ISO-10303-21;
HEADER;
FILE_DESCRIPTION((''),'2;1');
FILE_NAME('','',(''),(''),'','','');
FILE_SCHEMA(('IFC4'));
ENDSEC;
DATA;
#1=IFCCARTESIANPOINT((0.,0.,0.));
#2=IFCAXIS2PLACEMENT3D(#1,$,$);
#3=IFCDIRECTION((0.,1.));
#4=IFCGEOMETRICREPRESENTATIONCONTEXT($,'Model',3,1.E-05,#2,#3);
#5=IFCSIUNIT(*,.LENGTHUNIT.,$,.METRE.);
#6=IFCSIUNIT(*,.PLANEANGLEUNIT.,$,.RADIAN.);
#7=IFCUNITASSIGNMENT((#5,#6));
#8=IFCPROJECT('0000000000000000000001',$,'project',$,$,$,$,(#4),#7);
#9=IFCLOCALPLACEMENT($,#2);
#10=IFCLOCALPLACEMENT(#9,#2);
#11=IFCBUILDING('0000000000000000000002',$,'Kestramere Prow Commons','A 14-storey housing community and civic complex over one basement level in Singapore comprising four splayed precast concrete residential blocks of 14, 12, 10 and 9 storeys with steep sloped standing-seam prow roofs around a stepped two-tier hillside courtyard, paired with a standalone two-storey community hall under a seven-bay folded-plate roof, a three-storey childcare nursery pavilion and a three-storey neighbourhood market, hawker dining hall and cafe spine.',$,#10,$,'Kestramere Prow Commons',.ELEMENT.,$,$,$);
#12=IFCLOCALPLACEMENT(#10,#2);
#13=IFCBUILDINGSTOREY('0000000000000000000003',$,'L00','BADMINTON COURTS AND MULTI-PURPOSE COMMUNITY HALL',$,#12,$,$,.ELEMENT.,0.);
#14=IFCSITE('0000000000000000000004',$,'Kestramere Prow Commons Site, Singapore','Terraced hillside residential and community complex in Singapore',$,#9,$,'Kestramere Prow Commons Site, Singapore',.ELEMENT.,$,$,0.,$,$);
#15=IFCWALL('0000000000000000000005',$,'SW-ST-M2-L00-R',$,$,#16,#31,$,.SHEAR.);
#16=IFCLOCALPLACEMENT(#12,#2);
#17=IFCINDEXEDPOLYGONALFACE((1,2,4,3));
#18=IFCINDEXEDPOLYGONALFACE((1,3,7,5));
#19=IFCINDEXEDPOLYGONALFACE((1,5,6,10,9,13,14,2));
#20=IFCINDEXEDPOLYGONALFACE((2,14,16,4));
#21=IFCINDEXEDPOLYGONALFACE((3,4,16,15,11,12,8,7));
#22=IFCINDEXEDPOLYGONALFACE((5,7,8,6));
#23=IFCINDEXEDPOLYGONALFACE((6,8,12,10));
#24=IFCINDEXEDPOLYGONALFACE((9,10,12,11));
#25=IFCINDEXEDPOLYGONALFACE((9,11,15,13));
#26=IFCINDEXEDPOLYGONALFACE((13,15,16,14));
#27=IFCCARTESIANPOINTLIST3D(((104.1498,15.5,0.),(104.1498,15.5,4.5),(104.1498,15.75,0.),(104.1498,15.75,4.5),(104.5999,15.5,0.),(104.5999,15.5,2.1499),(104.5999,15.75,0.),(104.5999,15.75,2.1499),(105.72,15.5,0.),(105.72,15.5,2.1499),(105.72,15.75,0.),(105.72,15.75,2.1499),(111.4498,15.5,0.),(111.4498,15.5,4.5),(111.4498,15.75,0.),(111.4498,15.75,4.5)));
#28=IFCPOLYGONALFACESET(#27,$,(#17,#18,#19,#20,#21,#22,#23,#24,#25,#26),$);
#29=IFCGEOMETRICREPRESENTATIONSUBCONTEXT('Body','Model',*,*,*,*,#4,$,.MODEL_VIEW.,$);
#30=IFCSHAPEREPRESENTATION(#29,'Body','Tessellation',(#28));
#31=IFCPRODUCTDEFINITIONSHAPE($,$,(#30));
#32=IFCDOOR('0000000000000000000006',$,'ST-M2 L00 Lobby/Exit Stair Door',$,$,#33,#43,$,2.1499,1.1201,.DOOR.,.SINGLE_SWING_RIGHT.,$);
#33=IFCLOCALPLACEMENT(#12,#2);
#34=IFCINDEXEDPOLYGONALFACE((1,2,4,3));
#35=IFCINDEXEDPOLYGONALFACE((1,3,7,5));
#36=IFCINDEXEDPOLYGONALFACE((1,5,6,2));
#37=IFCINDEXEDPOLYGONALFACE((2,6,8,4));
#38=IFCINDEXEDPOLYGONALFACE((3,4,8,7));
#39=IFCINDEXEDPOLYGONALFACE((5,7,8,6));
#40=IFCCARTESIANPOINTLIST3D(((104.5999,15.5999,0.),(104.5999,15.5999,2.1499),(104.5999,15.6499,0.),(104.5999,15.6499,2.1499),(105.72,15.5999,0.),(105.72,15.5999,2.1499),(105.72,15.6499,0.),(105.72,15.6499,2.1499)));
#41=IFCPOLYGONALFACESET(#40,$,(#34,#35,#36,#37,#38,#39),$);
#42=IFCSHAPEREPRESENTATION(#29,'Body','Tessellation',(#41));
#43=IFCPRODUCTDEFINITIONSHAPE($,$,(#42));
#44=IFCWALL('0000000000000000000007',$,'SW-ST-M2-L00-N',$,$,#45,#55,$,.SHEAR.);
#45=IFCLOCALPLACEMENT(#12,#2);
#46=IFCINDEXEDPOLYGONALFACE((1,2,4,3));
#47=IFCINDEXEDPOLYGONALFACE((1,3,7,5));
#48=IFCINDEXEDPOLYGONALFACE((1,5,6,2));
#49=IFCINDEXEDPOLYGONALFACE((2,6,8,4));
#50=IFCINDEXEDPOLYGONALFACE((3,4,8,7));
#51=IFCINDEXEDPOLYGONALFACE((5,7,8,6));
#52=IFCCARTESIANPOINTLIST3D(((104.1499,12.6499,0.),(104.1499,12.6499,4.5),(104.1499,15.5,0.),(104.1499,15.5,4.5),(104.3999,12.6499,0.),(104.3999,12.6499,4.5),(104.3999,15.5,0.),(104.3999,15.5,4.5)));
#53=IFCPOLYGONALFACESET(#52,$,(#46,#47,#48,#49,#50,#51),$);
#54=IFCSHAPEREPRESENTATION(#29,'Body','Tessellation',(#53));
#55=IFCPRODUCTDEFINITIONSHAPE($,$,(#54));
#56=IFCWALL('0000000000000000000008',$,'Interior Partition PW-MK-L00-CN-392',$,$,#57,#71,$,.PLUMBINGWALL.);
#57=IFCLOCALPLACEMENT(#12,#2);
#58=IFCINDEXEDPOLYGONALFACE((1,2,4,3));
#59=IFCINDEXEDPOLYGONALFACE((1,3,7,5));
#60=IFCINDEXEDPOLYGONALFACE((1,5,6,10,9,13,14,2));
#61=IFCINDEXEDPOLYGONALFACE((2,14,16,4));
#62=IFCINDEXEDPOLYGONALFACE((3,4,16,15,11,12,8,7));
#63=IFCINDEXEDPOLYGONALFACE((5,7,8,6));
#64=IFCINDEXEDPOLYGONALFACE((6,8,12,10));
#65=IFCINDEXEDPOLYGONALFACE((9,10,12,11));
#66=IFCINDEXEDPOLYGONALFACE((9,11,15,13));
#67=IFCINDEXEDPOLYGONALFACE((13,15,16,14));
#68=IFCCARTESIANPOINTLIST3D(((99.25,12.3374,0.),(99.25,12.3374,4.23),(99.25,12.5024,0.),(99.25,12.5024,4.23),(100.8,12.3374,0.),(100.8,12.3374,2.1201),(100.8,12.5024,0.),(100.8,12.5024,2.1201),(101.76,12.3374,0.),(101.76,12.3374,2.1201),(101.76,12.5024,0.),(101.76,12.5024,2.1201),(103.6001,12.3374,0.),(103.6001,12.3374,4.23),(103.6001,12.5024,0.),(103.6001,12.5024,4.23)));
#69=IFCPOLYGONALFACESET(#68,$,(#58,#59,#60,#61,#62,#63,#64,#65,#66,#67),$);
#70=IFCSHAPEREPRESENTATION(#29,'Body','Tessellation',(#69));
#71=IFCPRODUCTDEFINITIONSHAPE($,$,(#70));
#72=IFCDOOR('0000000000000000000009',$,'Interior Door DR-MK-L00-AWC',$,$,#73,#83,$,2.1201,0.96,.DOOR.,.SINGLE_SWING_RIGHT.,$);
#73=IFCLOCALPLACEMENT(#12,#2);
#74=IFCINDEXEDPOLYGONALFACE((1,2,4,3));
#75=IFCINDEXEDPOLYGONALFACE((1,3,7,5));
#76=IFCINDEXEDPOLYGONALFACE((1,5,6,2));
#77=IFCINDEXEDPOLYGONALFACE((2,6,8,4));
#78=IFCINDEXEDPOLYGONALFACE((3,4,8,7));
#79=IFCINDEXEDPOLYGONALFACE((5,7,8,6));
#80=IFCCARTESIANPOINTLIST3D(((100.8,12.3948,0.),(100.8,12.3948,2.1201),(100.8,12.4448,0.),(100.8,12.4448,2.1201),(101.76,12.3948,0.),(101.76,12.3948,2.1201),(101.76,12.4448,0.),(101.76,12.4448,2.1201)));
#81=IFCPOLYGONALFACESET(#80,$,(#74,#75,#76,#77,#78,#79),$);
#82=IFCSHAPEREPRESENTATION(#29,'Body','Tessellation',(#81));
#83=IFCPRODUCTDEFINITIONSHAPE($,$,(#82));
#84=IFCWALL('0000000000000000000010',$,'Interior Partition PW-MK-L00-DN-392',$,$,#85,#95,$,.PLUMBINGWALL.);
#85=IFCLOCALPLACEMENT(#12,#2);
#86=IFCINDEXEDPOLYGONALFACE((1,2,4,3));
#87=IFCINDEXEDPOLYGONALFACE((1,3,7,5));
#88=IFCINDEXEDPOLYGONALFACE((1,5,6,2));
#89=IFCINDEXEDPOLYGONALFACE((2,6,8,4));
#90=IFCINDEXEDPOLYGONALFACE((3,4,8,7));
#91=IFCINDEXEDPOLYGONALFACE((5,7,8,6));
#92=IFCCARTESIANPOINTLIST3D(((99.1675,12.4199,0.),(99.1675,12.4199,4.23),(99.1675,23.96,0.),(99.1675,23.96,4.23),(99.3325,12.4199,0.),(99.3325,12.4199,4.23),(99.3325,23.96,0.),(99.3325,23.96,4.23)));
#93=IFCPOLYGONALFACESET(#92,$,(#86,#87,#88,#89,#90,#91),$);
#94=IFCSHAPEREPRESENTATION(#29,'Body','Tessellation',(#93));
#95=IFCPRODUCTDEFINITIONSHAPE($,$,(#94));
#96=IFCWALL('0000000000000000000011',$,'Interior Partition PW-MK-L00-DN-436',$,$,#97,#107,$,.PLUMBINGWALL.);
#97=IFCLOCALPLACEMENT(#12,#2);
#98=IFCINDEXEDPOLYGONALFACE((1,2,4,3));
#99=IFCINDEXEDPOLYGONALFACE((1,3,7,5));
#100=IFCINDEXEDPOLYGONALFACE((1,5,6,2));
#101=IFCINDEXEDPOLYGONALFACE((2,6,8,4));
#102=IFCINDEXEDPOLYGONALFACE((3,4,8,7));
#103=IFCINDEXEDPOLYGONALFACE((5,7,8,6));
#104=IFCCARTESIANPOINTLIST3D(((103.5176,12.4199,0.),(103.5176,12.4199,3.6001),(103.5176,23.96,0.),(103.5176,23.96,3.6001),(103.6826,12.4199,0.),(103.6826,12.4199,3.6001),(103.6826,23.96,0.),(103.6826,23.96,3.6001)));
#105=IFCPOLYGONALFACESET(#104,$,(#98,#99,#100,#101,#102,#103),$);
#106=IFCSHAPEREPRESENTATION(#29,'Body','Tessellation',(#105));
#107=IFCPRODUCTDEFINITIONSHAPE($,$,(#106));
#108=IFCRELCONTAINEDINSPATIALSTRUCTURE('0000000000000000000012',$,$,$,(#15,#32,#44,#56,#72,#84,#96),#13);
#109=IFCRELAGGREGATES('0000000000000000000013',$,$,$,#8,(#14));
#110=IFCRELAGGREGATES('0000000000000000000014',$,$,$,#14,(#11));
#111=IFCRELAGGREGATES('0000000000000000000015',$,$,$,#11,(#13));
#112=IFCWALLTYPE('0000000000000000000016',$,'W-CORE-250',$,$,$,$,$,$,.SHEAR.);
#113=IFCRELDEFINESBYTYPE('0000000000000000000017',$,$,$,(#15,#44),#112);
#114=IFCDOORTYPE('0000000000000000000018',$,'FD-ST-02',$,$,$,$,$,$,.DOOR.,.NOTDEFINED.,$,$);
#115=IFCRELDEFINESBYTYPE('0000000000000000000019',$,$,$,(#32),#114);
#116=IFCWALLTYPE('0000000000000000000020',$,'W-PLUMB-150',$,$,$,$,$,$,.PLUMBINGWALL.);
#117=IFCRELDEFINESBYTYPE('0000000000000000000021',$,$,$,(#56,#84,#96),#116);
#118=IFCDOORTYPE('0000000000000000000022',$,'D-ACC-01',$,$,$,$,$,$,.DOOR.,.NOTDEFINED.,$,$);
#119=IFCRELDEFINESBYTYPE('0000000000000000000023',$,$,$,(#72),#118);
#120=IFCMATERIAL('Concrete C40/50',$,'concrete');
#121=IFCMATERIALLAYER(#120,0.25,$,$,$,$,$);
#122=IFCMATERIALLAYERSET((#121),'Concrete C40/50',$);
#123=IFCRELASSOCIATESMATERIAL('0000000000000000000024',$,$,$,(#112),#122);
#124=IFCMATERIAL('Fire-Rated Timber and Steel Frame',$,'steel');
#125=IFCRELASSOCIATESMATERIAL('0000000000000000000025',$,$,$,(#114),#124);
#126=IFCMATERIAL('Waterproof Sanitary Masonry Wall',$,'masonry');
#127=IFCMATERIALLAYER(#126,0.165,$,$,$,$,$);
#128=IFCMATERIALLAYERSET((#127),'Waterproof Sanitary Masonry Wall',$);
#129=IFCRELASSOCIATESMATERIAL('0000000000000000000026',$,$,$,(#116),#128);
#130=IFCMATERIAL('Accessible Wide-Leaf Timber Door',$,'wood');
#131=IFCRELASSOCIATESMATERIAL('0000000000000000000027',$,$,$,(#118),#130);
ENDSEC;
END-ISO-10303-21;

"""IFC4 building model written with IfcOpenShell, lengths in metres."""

from ifc_helpers import new_model, si_unit, direction, frame, frame_2d, origin, place, context, subcontext, project, spatial, rectangle, extrude, material, layer, layer_set, type_object, element, fill, save


model = new_model("IFC4")

# Units and contexts
model_context = context("Model", 3, precision=1e-05, world=origin(), true_north=direction((0.0, 1.0)))
body_context = subcontext(model_context, "Body", "Model", "MODEL_VIEW")
ifc_project = project(units=[si_unit("LENGTHUNIT", "METRE"), si_unit("PLANEANGLEUNIT", "RADIAN")], contexts=[model_context])

# Site, building, storey
site_placement = place(None, origin())
site = spatial("IfcSite", under=ifc_project, at=site_placement, Name="Kestramere Prow Commons Site, Singapore", Description="Terraced hillside residential and community complex in Singapore", LongName="Kestramere Prow Commons Site, Singapore", CompositionType="ELEMENT", RefElevation=0.0)
building_placement = place(site_placement, origin())
building = spatial("IfcBuilding", under=site, at=building_placement, Name="Kestramere Prow Commons", Description="A 14-storey housing community and civic complex over one basement level in Singapore comprising four splayed precast concrete residential blocks of 14, 12, 10 and 9 storeys with steep sloped standing-seam prow roofs around a stepped two-tier hillside courtyard, paired with a standalone two-storey community hall under a seven-bay folded-plate roof, a three-storey childcare nursery pavilion and a three-storey neighbourhood market, hawker dining hall and cafe spine.", LongName="Kestramere Prow Commons", CompositionType="ELEMENT")
storey_placement = place(building_placement, origin())
storey = spatial("IfcBuildingStorey", under=building, at=storey_placement, Name="L00", Description="BADMINTON COURTS AND MULTI-PURPOSE COMMUNITY HALL", CompositionType="ELEMENT", Elevation=0.0)

# Wall, opening, door
ifc_material_1 = material(Name="Concrete C40/50", Category="concrete")
ifc_layer_1 = layer(ifc_material_1, 0.25)
ifc_layer_set_1 = layer_set([ifc_layer_1], Name="Concrete C40/50")
wall_type_1 = type_object("IfcWallType", Name="W-CORE-250", PredefinedType="SHEAR", material=ifc_layer_set_1)
ifc_material_2 = material(Name="Fire-Rated Timber and Steel Frame", Category="steel")
wall_1_placement = place(storey_placement, frame((104.1499, 15.625, 0.0), z_axis=(0.0, 0.0, 1.0), x_axis=(1.0, 0.0, 0.0)))
wall_1 = element("IfcWall", 1, at=wall_1_placement, inside=storey, type_object=wall_type_1, Name="SW-ST-M2-L00-R", PredefinedType="SHEAR", context=body_context, shape_type="SweptSolid", body=[
    extrude(rectangle(XDim=7.3, YDim=0.25, at=frame_2d((3.6499, 0.0))), origin(), (0.0, 0.0, 1.0), 4.5),
])
opening_1_placement = place(wall_1_placement, frame((0.45, 0.0, 0.0)))
opening_1 = element("IfcOpeningElement", 2, at=opening_1_placement, cuts=wall_1, PredefinedType="OPENING", context=body_context, shape_type="SweptSolid", body=[
    extrude(rectangle(XDim=1.1201, YDim=2.1499, at=frame_2d((0.5601, 1.075))), frame((0.0, 0.1399, 0.0), z_axis=(0.0, -1.0, 0.0), x_axis=(1.0, 0.0, 0.0)), (0.0, 0.0, 1.0), 0.28),
])
door_type_1 = type_object("IfcDoorType", Name="FD-ST-02", OperationType="NOTDEFINED", PredefinedType="DOOR", material=ifc_material_2)
door_1_placement = place(opening_1_placement, origin())
door_1 = element("IfcDoor", 3, at=door_1_placement, inside=storey, type_object=door_type_1, Name="ST-M2 L00 Lobby/Exit Stair Door", OperationType="SINGLE_SWING_RIGHT", OverallHeight=2.1499, OverallWidth=1.1201, PredefinedType="DOOR", context=body_context, shape_type="SweptSolid", body=[
    extrude(rectangle(XDim=1.1201, YDim=2.1499, at=frame_2d((0.5601, 1.075))), frame((0.0, 0.0249, 0.0), z_axis=(0.0, -1.0, 0.0), x_axis=(1.0, 0.0, 0.0)), (0.0, 0.0, 1.0), 0.05),
])
fill(opening_1, door_1)

# Wall
wall_2_placement = place(storey_placement, frame((104.2749, 12.6499, 0.0), z_axis=(0.0, 0.0, 1.0), x_axis=(0.0, 1.0, 0.0)))
element("IfcWall", 4, at=wall_2_placement, inside=storey, type_object=wall_type_1, Name="SW-ST-M2-L00-N", PredefinedType="SHEAR", context=body_context, shape_type="SweptSolid", body=[
    extrude(rectangle(XDim=2.8501, YDim=0.25, at=frame_2d((1.425, 0.0))), origin(), (0.0, 0.0, 1.0), 4.5),
])

# Wall, opening, door
ifc_material_3 = material(Name="Waterproof Sanitary Masonry Wall", Category="masonry")
ifc_layer_2 = layer(ifc_material_3, 0.165)
ifc_layer_set_2 = layer_set([ifc_layer_2], Name="Waterproof Sanitary Masonry Wall")
wall_type_2 = type_object("IfcWallType", Name="W-PLUMB-150", PredefinedType="PLUMBINGWALL", material=ifc_layer_set_2)
wall_3_placement = place(storey_placement, frame((99.25, 12.4199, 0.0), z_axis=(0.0, 0.0, 1.0), x_axis=(1.0, 0.0, 0.0)))
wall_3 = element("IfcWall", 5, at=wall_3_placement, inside=storey, type_object=wall_type_2, Name="Interior Partition PW-MK-L00-CN-392", PredefinedType="PLUMBINGWALL", context=body_context, shape_type="SweptSolid", body=[
    extrude(rectangle(XDim=4.3501, YDim=0.165, at=frame_2d((2.175, 0.0))), origin(), (0.0, 0.0, 1.0), 4.23),
])
opening_2_placement = place(wall_3_placement, frame((1.55, 0.0, 0.0)))
opening_2 = element("IfcOpeningElement", 6, at=opening_2_placement, cuts=wall_3, PredefinedType="OPENING", context=body_context, shape_type="SweptSolid", body=[
    extrude(rectangle(XDim=0.96, YDim=2.1201, at=frame_2d((0.48, 1.0601))), frame((0.0, 0.0974, 0.0), z_axis=(0.0, -1.0, 0.0), x_axis=(1.0, 0.0, 0.0)), (0.0, 0.0, 1.0), 0.1951),
])
ifc_material_4 = material(Name="Accessible Wide-Leaf Timber Door", Category="wood")
door_type_2 = type_object("IfcDoorType", Name="D-ACC-01", OperationType="NOTDEFINED", PredefinedType="DOOR", material=ifc_material_4)
door_2_placement = place(opening_2_placement, origin())
door_2 = element("IfcDoor", 7, at=door_2_placement, inside=storey, type_object=door_type_2, Name="Interior Door DR-MK-L00-AWC", OperationType="SINGLE_SWING_RIGHT", OverallHeight=2.1201, OverallWidth=0.96, PredefinedType="DOOR", context=body_context, shape_type="SweptSolid", body=[
    extrude(rectangle(XDim=0.96, YDim=2.1201, at=frame_2d((0.48, 1.0601))), frame((0.0, 0.0249, 0.0), z_axis=(0.0, -1.0, 0.0), x_axis=(1.0, 0.0, 0.0)), (0.0, 0.0, 1.0), 0.05),
])
fill(opening_2, door_2)

# Walls
wall_4_placement = place(storey_placement, frame((99.25, 12.4199, 0.0), z_axis=(0.0, 0.0, 1.0), x_axis=(0.0, 1.0, 0.0)))
element("IfcWall", 8, at=wall_4_placement, inside=storey, type_object=wall_type_2, Name="Interior Partition PW-MK-L00-DN-392", PredefinedType="PLUMBINGWALL", context=body_context, shape_type="SweptSolid", body=[
    extrude(rectangle(XDim=11.54, YDim=0.165, at=frame_2d((5.77, 0.0))), origin(), (0.0, 0.0, 1.0), 4.23),
])
wall_5_placement = place(storey_placement, frame((103.6001, 12.4199, 0.0), z_axis=(0.0, 0.0, 1.0), x_axis=(0.0, 1.0, 0.0)))
element("IfcWall", 9, at=wall_5_placement, inside=storey, type_object=wall_type_2, Name="Interior Partition PW-MK-L00-DN-436", PredefinedType="PLUMBINGWALL", context=body_context, shape_type="SweptSolid", body=[
    extrude(rectangle(XDim=11.54, YDim=0.165, at=frame_2d((5.77, 0.0))), origin(), (0.0, 0.0, 1.0), 3.6001),
])

save(model, "model.ifc")
